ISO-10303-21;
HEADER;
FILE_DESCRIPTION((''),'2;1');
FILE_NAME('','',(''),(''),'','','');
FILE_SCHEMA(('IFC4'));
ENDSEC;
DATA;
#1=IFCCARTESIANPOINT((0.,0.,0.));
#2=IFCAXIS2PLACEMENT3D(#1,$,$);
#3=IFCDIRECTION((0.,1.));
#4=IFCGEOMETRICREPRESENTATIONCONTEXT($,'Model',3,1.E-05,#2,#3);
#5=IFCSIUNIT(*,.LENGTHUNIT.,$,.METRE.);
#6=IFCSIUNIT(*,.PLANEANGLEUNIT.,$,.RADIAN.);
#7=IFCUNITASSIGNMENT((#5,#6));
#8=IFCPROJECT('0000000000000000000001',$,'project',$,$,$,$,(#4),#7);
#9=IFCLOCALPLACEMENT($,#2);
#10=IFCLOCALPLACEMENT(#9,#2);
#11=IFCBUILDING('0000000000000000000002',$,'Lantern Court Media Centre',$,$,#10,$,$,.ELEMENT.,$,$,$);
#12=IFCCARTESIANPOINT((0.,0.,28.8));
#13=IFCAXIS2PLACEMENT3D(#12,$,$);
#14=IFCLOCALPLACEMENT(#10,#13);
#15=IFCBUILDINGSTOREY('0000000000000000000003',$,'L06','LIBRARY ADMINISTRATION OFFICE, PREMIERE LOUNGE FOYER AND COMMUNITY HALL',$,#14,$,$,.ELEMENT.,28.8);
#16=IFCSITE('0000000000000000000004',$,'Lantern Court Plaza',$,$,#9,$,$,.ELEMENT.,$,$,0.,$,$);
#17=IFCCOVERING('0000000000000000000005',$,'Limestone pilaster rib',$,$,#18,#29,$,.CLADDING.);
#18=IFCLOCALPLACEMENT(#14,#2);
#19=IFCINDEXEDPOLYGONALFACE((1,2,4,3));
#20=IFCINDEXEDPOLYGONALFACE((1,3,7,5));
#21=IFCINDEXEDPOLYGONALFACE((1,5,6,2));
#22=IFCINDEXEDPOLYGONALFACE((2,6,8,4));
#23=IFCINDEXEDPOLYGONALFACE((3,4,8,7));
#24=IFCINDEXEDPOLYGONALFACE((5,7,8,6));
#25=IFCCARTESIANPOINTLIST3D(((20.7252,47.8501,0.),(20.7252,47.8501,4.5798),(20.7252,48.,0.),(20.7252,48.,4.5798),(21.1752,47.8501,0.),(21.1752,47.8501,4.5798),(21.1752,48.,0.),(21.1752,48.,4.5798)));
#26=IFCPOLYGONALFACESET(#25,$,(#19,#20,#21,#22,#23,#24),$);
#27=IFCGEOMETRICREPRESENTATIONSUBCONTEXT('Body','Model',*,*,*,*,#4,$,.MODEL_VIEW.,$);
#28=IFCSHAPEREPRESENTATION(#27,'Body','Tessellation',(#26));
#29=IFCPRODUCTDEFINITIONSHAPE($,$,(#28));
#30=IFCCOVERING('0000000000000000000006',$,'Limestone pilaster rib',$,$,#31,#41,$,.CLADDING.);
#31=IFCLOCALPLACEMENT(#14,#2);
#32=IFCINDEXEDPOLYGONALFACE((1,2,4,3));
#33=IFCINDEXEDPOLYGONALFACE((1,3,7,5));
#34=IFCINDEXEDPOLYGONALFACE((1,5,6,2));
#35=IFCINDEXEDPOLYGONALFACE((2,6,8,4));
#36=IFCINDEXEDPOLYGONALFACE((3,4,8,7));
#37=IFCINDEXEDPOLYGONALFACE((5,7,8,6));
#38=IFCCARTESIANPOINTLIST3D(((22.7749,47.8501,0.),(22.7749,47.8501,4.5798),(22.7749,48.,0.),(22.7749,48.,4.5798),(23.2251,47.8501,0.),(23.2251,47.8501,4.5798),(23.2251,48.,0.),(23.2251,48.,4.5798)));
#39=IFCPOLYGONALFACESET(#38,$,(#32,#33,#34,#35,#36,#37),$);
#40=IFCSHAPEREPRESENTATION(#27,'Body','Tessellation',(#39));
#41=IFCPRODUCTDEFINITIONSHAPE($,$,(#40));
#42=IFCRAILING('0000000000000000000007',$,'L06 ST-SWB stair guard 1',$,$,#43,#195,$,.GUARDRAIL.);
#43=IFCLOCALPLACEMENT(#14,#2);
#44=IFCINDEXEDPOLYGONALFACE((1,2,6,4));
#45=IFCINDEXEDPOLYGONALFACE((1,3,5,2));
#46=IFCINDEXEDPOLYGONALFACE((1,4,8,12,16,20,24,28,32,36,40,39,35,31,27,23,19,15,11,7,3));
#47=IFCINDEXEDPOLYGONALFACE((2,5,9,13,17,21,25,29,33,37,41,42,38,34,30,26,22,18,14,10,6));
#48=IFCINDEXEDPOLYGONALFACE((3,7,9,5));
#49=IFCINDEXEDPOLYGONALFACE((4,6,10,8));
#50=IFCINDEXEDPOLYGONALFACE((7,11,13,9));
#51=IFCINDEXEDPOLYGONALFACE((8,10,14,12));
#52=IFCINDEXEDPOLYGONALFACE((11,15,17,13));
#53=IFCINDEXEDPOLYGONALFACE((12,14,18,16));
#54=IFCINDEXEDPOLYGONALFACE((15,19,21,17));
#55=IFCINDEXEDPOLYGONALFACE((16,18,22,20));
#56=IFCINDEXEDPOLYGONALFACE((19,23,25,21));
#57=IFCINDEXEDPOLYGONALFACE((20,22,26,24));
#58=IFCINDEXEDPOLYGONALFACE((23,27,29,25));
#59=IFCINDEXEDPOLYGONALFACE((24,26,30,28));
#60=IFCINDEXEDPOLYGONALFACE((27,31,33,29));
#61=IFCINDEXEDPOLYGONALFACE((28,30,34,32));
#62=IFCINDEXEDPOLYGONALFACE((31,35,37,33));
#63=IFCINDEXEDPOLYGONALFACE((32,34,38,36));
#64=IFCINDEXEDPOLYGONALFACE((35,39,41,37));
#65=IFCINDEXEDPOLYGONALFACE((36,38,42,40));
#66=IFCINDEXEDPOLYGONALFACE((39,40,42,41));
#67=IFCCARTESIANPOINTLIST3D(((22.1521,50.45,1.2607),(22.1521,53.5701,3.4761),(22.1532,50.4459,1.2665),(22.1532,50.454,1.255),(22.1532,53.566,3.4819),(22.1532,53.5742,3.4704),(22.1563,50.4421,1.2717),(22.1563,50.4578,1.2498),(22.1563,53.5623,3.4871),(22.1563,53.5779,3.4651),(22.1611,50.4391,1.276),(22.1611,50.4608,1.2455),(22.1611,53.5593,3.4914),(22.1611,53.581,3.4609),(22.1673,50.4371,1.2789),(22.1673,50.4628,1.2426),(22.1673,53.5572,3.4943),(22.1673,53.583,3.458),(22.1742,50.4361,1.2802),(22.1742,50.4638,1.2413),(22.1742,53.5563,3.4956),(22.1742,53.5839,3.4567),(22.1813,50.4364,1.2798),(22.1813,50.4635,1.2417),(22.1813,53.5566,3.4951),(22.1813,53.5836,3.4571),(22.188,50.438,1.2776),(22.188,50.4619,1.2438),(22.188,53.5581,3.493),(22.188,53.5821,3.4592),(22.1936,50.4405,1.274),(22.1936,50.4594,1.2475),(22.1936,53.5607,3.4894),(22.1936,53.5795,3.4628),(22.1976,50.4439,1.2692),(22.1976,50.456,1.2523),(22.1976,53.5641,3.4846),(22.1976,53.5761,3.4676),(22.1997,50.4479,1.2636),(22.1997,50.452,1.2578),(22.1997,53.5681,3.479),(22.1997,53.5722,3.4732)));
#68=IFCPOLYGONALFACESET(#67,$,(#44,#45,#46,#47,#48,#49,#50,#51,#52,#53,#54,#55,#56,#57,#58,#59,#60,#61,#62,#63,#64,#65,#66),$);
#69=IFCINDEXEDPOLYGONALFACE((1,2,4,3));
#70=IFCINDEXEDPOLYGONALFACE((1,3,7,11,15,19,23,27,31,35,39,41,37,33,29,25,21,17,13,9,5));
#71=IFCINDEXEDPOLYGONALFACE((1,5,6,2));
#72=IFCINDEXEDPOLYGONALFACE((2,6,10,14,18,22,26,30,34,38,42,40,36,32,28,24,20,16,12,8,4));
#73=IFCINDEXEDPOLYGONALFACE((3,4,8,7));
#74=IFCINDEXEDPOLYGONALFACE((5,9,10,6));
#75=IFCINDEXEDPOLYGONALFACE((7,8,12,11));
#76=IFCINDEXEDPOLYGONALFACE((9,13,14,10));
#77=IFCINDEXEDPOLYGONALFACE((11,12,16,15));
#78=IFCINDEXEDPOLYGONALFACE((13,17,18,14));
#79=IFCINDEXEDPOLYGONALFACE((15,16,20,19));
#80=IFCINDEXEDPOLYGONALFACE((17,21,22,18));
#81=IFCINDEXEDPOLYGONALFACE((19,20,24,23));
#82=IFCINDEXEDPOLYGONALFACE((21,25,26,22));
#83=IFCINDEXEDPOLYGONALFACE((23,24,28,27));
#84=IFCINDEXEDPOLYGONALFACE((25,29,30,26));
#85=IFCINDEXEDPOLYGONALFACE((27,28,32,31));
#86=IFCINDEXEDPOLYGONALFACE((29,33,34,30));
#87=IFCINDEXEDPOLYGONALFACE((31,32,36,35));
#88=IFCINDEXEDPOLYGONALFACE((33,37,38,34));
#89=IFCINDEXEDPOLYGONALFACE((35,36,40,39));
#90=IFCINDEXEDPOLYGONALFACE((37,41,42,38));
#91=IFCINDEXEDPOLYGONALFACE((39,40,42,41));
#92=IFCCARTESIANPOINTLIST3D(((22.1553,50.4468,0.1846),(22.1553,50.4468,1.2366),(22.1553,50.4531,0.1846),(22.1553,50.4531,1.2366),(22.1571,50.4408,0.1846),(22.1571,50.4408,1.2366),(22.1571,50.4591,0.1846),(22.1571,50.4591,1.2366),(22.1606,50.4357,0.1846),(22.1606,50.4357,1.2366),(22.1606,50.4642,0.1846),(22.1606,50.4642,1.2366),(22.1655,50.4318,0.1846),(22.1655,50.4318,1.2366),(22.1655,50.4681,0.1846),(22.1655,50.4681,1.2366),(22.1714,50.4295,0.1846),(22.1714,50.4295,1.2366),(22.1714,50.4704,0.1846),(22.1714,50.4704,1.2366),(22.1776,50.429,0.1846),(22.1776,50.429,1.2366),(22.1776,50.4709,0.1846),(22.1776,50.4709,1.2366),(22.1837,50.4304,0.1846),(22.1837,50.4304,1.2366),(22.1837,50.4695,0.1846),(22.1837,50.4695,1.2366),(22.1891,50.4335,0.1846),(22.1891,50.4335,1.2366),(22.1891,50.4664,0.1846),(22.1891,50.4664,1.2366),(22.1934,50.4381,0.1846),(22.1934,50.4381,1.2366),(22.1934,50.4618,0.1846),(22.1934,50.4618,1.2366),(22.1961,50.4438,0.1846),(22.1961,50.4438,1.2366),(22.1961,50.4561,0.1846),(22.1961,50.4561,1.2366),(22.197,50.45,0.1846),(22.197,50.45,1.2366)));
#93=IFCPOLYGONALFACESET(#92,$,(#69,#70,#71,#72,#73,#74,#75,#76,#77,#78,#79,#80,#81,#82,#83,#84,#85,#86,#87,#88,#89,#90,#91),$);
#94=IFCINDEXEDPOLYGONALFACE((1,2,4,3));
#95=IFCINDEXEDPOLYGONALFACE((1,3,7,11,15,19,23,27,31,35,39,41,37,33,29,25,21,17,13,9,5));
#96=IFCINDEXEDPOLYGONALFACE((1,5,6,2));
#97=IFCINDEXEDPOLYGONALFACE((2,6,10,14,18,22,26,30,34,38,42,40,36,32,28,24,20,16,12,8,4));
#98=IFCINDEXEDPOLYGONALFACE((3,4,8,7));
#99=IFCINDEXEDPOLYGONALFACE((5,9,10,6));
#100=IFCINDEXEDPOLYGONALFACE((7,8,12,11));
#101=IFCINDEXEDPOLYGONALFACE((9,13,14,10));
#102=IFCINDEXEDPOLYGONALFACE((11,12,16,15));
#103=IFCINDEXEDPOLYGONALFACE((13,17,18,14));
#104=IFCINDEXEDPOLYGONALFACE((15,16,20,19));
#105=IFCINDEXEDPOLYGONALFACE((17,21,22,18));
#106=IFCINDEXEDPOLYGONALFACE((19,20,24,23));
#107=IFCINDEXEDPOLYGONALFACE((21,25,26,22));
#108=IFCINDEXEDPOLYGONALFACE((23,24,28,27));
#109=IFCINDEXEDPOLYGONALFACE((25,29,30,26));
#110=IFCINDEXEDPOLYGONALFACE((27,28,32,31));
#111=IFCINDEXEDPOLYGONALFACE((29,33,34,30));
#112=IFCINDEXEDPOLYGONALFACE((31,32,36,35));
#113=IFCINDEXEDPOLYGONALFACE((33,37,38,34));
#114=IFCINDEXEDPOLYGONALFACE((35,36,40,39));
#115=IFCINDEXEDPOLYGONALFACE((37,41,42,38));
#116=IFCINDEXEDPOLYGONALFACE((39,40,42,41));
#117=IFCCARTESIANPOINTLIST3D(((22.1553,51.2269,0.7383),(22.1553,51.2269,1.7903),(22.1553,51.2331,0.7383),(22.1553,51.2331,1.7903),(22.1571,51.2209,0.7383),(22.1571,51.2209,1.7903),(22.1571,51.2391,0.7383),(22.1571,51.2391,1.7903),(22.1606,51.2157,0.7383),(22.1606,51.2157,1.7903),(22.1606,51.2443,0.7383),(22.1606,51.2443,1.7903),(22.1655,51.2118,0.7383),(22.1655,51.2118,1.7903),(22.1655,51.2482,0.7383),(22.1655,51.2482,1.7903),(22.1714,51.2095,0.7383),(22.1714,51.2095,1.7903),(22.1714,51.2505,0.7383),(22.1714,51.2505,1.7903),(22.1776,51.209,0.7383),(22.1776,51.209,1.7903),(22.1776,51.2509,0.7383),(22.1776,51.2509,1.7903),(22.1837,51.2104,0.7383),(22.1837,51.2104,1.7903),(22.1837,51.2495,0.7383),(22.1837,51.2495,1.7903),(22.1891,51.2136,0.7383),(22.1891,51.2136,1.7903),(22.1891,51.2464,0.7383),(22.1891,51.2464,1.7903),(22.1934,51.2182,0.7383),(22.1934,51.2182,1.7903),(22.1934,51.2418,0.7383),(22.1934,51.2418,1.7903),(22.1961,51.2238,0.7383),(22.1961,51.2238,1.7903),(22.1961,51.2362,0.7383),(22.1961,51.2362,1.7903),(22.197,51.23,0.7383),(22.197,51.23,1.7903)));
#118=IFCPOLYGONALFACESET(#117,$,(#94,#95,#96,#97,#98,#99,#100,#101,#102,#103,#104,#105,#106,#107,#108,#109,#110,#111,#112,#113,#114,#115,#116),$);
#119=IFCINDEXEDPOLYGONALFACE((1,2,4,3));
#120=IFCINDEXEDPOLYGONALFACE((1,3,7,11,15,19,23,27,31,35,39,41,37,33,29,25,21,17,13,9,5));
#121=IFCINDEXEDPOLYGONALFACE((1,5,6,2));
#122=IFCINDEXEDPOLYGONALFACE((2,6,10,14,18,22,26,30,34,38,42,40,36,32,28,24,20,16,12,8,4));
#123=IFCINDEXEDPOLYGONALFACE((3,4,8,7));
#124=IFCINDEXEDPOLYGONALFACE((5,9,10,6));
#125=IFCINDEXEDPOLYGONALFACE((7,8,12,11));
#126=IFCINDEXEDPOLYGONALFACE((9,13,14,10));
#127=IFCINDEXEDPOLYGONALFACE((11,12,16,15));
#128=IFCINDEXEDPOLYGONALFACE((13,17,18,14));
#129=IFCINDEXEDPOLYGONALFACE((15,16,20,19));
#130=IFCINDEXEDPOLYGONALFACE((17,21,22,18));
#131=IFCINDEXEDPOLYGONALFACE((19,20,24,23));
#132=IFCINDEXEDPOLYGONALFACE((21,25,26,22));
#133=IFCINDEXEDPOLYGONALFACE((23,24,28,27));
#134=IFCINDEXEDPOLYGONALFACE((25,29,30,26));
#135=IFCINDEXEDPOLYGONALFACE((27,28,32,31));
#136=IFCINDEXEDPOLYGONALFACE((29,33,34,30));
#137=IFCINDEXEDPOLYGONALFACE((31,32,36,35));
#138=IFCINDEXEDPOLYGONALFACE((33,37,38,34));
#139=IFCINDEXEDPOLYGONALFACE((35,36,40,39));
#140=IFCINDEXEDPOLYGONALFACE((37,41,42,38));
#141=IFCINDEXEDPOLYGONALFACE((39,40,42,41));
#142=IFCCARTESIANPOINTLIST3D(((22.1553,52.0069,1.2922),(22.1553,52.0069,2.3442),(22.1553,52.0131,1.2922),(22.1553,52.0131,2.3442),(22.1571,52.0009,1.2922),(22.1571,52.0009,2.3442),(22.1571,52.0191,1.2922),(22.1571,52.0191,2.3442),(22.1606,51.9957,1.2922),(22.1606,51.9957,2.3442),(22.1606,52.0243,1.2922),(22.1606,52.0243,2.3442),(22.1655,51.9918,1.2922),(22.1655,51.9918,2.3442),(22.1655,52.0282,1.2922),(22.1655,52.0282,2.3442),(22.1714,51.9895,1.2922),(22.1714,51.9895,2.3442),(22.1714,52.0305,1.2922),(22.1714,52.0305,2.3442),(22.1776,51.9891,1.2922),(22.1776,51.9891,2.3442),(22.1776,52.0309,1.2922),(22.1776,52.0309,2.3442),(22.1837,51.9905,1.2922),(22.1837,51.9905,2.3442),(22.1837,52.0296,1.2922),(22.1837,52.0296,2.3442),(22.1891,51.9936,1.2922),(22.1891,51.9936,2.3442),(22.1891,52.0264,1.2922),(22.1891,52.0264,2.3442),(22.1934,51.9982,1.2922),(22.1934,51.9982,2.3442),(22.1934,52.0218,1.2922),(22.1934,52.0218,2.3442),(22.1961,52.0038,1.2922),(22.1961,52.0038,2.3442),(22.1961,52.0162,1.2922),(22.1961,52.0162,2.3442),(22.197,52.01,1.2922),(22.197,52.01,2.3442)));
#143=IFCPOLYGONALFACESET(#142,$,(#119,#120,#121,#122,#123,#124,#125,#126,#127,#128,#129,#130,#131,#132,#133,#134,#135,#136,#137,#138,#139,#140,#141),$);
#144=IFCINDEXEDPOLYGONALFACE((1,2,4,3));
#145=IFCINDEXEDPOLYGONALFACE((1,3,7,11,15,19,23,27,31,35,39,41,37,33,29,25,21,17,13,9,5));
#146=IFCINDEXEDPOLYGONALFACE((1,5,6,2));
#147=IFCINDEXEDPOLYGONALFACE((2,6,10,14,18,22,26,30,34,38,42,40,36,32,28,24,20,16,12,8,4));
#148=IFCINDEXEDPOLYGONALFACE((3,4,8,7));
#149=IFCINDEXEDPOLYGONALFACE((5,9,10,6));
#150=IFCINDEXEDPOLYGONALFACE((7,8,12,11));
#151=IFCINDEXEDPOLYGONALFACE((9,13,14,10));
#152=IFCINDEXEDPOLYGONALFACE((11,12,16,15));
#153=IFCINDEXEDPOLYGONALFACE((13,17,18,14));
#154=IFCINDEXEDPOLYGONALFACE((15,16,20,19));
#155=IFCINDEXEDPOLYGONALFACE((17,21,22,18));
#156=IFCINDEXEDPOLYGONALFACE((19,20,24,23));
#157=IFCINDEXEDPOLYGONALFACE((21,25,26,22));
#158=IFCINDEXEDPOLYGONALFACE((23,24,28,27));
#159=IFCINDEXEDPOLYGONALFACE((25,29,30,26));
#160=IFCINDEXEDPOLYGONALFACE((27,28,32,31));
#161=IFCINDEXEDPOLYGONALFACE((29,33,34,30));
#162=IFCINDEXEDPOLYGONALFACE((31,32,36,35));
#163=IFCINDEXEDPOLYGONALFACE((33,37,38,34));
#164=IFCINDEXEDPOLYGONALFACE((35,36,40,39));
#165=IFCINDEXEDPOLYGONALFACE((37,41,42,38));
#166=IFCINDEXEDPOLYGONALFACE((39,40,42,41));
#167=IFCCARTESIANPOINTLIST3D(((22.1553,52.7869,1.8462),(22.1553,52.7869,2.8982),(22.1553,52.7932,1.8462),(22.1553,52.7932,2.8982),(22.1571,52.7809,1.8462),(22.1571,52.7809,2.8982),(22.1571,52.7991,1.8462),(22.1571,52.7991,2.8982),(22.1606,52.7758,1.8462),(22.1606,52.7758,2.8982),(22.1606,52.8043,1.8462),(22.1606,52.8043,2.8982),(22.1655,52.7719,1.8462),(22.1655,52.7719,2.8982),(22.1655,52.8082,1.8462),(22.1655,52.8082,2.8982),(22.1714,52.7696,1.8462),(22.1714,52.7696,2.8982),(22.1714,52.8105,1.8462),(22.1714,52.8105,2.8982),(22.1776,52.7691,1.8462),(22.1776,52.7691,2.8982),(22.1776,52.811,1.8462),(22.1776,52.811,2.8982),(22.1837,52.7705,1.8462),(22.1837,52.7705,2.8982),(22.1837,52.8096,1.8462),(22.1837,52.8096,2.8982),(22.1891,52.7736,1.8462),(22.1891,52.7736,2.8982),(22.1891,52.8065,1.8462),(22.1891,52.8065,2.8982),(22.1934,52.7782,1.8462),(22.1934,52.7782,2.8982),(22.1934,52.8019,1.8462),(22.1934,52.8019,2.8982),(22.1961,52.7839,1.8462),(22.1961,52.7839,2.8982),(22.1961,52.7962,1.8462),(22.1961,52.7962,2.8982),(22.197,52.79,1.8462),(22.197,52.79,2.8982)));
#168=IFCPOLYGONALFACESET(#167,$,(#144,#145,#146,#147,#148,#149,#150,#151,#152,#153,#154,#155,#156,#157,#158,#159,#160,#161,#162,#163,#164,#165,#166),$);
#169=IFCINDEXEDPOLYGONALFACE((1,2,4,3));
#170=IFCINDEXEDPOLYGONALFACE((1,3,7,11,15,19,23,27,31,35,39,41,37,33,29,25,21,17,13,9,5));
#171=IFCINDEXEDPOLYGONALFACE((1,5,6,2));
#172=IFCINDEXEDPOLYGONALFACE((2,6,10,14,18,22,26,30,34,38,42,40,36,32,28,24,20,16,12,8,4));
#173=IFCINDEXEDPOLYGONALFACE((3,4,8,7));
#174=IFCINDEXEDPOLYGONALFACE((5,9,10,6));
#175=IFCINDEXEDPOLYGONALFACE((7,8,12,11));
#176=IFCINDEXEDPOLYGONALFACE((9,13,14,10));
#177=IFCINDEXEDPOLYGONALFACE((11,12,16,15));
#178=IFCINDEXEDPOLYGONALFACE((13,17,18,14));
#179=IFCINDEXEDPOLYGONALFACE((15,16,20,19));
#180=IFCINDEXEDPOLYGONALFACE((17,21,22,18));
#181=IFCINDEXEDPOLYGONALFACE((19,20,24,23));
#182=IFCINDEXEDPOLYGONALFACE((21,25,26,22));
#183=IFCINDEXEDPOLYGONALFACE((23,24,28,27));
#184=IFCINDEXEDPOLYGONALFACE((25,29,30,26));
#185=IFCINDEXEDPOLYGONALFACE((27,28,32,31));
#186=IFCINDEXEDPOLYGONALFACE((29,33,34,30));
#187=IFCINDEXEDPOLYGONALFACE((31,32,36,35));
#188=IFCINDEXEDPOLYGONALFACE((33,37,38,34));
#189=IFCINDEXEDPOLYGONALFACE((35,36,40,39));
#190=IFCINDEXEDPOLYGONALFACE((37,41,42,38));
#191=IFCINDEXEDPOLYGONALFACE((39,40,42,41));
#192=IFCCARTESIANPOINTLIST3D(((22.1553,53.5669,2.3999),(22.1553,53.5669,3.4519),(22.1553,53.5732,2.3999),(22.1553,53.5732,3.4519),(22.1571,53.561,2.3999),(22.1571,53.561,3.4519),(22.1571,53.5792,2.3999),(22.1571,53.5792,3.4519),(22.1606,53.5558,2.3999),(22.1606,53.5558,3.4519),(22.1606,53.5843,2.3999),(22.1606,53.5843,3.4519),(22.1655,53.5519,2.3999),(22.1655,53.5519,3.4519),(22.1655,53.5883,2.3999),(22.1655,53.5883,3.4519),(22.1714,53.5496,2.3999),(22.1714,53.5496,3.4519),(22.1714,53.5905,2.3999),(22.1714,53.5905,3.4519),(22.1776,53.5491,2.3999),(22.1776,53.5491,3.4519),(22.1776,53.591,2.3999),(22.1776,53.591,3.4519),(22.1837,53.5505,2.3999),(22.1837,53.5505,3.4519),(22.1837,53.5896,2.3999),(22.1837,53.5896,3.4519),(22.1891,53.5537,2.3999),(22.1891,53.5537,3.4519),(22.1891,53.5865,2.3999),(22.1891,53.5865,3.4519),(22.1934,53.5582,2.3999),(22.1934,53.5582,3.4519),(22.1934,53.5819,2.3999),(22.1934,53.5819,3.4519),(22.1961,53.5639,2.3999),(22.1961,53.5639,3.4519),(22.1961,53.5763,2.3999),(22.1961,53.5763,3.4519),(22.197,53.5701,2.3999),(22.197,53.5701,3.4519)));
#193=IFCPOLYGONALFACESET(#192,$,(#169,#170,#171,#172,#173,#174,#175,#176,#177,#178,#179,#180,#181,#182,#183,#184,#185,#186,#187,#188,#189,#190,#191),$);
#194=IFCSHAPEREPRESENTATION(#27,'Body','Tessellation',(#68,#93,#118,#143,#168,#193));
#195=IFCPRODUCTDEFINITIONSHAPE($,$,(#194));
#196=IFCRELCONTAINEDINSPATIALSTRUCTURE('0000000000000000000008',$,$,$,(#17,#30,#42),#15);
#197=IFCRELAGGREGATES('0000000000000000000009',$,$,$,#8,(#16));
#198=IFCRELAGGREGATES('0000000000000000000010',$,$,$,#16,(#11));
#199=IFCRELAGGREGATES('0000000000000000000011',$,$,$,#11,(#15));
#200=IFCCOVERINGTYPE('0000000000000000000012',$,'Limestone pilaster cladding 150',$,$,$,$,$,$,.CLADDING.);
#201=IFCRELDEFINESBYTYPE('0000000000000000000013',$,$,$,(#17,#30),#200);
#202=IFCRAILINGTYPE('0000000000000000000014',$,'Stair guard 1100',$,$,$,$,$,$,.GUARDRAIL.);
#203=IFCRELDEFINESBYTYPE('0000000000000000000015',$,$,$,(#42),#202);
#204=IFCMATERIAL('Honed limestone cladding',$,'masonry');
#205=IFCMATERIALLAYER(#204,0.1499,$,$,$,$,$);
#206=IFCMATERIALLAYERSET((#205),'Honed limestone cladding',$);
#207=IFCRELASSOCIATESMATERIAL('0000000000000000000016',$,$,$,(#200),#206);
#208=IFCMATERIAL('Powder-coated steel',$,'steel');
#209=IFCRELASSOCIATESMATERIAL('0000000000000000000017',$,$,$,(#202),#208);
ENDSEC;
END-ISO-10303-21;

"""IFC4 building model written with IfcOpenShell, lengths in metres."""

from ifc_helpers import new_model, si_unit, direction, frame, frame_2d, origin, origin_2d, place, context, subcontext, project, spatial, rectangle, circle, extrude, material, layer, layer_set, type_object, element, save


model = new_model("IFC4")

# Units and contexts
model_context = context("Model", 3, precision=1e-05, world=origin(), true_north=direction((0.0, 1.0)))
body_context = subcontext(model_context, "Body", "Model", "MODEL_VIEW")
ifc_project = project(units=[si_unit("LENGTHUNIT", "METRE"), si_unit("PLANEANGLEUNIT", "RADIAN")], contexts=[model_context])

# Site, building, storey
site_placement = place(None, origin())
site = spatial("IfcSite", under=ifc_project, at=site_placement, Name="Lantern Court Plaza", CompositionType="ELEMENT", RefElevation=0.0)
building_placement = place(site_placement, origin())
building = spatial("IfcBuilding", under=site, at=building_placement, Name="Lantern Court Media Centre", CompositionType="ELEMENT")
storey_placement = place(building_placement, frame((0.0, 0.0, 28.8)))
storey = spatial("IfcBuildingStorey", under=building, at=storey_placement, Name="L06", Description="LIBRARY ADMINISTRATION OFFICE, PREMIERE LOUNGE FOYER AND COMMUNITY HALL", CompositionType="ELEMENT", Elevation=28.8)

# Shared definitions
ifc_material_1 = material(Name="Powder-coated steel", Category="steel")

# Coverings
ifc_material_2 = material(Name="Honed limestone cladding", Category="masonry")
ifc_layer_1 = layer(ifc_material_2, 0.1499)
ifc_layer_set_1 = layer_set([ifc_layer_1], Name="Honed limestone cladding")
covering_type = type_object("IfcCoveringType", Name="Limestone pilaster cladding 150", PredefinedType="CLADDING", material=ifc_layer_set_1)
covering_1_placement = place(storey_placement, frame((20.7251, 47.925, 0.0), z_axis=(0.0, 0.0, 1.0), x_axis=(1.0, 0.0, 0.0)))
element("IfcCovering", 1, at=covering_1_placement, inside=storey, type_object=covering_type, Name="Limestone pilaster rib", PredefinedType="CLADDING", context=body_context, shape_type="SweptSolid", body=[
    extrude(rectangle(XDim=0.45, YDim=0.1499, at=frame_2d((0.2251, 0.0))), origin(), (0.0, 0.0, 1.0), 4.5798),
])
covering_2_placement = place(storey_placement, frame((22.7749, 47.925, 0.0), z_axis=(0.0, 0.0, 1.0), x_axis=(1.0, 0.0, 0.0)))
element("IfcCovering", 2, at=covering_2_placement, inside=storey, type_object=covering_type, Name="Limestone pilaster rib", PredefinedType="CLADDING", context=body_context, shape_type="SweptSolid", body=[
    extrude(rectangle(XDim=0.4502, YDim=0.1499, at=frame_2d((0.2251, 0.0))), origin(), (0.0, 0.0, 1.0), 4.5798),
])

# Railing
railing_type_1 = type_object("IfcRailingType", Name="Stair guard 1100", PredefinedType="GUARDRAIL", material=ifc_material_1)
railing_1_placement = place(storey_placement, frame((22.176, 50.45, 0.1846)))
element("IfcRailing", 3, at=railing_1_placement, inside=storey, type_object=railing_type_1, Name="L06 ST-SWB stair guard 1", PredefinedType="GUARDRAIL", context=body_context, shape_type="SweptSolid", body=[
    extrude(circle(Radius=0.0239, at=origin_2d()), frame((0.0, 0.0, 1.0762), z_axis=(0.0, 0.815377, 0.57893), x_axis=(-1.0, 0.0, 0.0)), (0.0, 0.0, 1.0), 3.8267),
    extrude(circle(Radius=0.021, at=origin_2d()), origin(), (0.0, 0.0, 1.0), 1.052),
    extrude(circle(Radius=0.021, at=origin_2d()), frame((0.0, 0.78, 0.5537)), (0.0, 0.0, 1.0), 1.052),
    extrude(circle(Radius=0.021, at=origin_2d()), frame((0.0, 1.5601, 1.1077)), (0.0, 0.0, 1.0), 1.052),
    extrude(circle(Radius=0.021, at=origin_2d()), frame((0.0, 2.3401, 1.6616)), (0.0, 0.0, 1.0), 1.052),
    extrude(circle(Radius=0.021, at=origin_2d()), frame((0.0, 3.1201, 2.2153)), (0.0, 0.0, 1.0), 1.052),
])

save(model, "model.ifc")
